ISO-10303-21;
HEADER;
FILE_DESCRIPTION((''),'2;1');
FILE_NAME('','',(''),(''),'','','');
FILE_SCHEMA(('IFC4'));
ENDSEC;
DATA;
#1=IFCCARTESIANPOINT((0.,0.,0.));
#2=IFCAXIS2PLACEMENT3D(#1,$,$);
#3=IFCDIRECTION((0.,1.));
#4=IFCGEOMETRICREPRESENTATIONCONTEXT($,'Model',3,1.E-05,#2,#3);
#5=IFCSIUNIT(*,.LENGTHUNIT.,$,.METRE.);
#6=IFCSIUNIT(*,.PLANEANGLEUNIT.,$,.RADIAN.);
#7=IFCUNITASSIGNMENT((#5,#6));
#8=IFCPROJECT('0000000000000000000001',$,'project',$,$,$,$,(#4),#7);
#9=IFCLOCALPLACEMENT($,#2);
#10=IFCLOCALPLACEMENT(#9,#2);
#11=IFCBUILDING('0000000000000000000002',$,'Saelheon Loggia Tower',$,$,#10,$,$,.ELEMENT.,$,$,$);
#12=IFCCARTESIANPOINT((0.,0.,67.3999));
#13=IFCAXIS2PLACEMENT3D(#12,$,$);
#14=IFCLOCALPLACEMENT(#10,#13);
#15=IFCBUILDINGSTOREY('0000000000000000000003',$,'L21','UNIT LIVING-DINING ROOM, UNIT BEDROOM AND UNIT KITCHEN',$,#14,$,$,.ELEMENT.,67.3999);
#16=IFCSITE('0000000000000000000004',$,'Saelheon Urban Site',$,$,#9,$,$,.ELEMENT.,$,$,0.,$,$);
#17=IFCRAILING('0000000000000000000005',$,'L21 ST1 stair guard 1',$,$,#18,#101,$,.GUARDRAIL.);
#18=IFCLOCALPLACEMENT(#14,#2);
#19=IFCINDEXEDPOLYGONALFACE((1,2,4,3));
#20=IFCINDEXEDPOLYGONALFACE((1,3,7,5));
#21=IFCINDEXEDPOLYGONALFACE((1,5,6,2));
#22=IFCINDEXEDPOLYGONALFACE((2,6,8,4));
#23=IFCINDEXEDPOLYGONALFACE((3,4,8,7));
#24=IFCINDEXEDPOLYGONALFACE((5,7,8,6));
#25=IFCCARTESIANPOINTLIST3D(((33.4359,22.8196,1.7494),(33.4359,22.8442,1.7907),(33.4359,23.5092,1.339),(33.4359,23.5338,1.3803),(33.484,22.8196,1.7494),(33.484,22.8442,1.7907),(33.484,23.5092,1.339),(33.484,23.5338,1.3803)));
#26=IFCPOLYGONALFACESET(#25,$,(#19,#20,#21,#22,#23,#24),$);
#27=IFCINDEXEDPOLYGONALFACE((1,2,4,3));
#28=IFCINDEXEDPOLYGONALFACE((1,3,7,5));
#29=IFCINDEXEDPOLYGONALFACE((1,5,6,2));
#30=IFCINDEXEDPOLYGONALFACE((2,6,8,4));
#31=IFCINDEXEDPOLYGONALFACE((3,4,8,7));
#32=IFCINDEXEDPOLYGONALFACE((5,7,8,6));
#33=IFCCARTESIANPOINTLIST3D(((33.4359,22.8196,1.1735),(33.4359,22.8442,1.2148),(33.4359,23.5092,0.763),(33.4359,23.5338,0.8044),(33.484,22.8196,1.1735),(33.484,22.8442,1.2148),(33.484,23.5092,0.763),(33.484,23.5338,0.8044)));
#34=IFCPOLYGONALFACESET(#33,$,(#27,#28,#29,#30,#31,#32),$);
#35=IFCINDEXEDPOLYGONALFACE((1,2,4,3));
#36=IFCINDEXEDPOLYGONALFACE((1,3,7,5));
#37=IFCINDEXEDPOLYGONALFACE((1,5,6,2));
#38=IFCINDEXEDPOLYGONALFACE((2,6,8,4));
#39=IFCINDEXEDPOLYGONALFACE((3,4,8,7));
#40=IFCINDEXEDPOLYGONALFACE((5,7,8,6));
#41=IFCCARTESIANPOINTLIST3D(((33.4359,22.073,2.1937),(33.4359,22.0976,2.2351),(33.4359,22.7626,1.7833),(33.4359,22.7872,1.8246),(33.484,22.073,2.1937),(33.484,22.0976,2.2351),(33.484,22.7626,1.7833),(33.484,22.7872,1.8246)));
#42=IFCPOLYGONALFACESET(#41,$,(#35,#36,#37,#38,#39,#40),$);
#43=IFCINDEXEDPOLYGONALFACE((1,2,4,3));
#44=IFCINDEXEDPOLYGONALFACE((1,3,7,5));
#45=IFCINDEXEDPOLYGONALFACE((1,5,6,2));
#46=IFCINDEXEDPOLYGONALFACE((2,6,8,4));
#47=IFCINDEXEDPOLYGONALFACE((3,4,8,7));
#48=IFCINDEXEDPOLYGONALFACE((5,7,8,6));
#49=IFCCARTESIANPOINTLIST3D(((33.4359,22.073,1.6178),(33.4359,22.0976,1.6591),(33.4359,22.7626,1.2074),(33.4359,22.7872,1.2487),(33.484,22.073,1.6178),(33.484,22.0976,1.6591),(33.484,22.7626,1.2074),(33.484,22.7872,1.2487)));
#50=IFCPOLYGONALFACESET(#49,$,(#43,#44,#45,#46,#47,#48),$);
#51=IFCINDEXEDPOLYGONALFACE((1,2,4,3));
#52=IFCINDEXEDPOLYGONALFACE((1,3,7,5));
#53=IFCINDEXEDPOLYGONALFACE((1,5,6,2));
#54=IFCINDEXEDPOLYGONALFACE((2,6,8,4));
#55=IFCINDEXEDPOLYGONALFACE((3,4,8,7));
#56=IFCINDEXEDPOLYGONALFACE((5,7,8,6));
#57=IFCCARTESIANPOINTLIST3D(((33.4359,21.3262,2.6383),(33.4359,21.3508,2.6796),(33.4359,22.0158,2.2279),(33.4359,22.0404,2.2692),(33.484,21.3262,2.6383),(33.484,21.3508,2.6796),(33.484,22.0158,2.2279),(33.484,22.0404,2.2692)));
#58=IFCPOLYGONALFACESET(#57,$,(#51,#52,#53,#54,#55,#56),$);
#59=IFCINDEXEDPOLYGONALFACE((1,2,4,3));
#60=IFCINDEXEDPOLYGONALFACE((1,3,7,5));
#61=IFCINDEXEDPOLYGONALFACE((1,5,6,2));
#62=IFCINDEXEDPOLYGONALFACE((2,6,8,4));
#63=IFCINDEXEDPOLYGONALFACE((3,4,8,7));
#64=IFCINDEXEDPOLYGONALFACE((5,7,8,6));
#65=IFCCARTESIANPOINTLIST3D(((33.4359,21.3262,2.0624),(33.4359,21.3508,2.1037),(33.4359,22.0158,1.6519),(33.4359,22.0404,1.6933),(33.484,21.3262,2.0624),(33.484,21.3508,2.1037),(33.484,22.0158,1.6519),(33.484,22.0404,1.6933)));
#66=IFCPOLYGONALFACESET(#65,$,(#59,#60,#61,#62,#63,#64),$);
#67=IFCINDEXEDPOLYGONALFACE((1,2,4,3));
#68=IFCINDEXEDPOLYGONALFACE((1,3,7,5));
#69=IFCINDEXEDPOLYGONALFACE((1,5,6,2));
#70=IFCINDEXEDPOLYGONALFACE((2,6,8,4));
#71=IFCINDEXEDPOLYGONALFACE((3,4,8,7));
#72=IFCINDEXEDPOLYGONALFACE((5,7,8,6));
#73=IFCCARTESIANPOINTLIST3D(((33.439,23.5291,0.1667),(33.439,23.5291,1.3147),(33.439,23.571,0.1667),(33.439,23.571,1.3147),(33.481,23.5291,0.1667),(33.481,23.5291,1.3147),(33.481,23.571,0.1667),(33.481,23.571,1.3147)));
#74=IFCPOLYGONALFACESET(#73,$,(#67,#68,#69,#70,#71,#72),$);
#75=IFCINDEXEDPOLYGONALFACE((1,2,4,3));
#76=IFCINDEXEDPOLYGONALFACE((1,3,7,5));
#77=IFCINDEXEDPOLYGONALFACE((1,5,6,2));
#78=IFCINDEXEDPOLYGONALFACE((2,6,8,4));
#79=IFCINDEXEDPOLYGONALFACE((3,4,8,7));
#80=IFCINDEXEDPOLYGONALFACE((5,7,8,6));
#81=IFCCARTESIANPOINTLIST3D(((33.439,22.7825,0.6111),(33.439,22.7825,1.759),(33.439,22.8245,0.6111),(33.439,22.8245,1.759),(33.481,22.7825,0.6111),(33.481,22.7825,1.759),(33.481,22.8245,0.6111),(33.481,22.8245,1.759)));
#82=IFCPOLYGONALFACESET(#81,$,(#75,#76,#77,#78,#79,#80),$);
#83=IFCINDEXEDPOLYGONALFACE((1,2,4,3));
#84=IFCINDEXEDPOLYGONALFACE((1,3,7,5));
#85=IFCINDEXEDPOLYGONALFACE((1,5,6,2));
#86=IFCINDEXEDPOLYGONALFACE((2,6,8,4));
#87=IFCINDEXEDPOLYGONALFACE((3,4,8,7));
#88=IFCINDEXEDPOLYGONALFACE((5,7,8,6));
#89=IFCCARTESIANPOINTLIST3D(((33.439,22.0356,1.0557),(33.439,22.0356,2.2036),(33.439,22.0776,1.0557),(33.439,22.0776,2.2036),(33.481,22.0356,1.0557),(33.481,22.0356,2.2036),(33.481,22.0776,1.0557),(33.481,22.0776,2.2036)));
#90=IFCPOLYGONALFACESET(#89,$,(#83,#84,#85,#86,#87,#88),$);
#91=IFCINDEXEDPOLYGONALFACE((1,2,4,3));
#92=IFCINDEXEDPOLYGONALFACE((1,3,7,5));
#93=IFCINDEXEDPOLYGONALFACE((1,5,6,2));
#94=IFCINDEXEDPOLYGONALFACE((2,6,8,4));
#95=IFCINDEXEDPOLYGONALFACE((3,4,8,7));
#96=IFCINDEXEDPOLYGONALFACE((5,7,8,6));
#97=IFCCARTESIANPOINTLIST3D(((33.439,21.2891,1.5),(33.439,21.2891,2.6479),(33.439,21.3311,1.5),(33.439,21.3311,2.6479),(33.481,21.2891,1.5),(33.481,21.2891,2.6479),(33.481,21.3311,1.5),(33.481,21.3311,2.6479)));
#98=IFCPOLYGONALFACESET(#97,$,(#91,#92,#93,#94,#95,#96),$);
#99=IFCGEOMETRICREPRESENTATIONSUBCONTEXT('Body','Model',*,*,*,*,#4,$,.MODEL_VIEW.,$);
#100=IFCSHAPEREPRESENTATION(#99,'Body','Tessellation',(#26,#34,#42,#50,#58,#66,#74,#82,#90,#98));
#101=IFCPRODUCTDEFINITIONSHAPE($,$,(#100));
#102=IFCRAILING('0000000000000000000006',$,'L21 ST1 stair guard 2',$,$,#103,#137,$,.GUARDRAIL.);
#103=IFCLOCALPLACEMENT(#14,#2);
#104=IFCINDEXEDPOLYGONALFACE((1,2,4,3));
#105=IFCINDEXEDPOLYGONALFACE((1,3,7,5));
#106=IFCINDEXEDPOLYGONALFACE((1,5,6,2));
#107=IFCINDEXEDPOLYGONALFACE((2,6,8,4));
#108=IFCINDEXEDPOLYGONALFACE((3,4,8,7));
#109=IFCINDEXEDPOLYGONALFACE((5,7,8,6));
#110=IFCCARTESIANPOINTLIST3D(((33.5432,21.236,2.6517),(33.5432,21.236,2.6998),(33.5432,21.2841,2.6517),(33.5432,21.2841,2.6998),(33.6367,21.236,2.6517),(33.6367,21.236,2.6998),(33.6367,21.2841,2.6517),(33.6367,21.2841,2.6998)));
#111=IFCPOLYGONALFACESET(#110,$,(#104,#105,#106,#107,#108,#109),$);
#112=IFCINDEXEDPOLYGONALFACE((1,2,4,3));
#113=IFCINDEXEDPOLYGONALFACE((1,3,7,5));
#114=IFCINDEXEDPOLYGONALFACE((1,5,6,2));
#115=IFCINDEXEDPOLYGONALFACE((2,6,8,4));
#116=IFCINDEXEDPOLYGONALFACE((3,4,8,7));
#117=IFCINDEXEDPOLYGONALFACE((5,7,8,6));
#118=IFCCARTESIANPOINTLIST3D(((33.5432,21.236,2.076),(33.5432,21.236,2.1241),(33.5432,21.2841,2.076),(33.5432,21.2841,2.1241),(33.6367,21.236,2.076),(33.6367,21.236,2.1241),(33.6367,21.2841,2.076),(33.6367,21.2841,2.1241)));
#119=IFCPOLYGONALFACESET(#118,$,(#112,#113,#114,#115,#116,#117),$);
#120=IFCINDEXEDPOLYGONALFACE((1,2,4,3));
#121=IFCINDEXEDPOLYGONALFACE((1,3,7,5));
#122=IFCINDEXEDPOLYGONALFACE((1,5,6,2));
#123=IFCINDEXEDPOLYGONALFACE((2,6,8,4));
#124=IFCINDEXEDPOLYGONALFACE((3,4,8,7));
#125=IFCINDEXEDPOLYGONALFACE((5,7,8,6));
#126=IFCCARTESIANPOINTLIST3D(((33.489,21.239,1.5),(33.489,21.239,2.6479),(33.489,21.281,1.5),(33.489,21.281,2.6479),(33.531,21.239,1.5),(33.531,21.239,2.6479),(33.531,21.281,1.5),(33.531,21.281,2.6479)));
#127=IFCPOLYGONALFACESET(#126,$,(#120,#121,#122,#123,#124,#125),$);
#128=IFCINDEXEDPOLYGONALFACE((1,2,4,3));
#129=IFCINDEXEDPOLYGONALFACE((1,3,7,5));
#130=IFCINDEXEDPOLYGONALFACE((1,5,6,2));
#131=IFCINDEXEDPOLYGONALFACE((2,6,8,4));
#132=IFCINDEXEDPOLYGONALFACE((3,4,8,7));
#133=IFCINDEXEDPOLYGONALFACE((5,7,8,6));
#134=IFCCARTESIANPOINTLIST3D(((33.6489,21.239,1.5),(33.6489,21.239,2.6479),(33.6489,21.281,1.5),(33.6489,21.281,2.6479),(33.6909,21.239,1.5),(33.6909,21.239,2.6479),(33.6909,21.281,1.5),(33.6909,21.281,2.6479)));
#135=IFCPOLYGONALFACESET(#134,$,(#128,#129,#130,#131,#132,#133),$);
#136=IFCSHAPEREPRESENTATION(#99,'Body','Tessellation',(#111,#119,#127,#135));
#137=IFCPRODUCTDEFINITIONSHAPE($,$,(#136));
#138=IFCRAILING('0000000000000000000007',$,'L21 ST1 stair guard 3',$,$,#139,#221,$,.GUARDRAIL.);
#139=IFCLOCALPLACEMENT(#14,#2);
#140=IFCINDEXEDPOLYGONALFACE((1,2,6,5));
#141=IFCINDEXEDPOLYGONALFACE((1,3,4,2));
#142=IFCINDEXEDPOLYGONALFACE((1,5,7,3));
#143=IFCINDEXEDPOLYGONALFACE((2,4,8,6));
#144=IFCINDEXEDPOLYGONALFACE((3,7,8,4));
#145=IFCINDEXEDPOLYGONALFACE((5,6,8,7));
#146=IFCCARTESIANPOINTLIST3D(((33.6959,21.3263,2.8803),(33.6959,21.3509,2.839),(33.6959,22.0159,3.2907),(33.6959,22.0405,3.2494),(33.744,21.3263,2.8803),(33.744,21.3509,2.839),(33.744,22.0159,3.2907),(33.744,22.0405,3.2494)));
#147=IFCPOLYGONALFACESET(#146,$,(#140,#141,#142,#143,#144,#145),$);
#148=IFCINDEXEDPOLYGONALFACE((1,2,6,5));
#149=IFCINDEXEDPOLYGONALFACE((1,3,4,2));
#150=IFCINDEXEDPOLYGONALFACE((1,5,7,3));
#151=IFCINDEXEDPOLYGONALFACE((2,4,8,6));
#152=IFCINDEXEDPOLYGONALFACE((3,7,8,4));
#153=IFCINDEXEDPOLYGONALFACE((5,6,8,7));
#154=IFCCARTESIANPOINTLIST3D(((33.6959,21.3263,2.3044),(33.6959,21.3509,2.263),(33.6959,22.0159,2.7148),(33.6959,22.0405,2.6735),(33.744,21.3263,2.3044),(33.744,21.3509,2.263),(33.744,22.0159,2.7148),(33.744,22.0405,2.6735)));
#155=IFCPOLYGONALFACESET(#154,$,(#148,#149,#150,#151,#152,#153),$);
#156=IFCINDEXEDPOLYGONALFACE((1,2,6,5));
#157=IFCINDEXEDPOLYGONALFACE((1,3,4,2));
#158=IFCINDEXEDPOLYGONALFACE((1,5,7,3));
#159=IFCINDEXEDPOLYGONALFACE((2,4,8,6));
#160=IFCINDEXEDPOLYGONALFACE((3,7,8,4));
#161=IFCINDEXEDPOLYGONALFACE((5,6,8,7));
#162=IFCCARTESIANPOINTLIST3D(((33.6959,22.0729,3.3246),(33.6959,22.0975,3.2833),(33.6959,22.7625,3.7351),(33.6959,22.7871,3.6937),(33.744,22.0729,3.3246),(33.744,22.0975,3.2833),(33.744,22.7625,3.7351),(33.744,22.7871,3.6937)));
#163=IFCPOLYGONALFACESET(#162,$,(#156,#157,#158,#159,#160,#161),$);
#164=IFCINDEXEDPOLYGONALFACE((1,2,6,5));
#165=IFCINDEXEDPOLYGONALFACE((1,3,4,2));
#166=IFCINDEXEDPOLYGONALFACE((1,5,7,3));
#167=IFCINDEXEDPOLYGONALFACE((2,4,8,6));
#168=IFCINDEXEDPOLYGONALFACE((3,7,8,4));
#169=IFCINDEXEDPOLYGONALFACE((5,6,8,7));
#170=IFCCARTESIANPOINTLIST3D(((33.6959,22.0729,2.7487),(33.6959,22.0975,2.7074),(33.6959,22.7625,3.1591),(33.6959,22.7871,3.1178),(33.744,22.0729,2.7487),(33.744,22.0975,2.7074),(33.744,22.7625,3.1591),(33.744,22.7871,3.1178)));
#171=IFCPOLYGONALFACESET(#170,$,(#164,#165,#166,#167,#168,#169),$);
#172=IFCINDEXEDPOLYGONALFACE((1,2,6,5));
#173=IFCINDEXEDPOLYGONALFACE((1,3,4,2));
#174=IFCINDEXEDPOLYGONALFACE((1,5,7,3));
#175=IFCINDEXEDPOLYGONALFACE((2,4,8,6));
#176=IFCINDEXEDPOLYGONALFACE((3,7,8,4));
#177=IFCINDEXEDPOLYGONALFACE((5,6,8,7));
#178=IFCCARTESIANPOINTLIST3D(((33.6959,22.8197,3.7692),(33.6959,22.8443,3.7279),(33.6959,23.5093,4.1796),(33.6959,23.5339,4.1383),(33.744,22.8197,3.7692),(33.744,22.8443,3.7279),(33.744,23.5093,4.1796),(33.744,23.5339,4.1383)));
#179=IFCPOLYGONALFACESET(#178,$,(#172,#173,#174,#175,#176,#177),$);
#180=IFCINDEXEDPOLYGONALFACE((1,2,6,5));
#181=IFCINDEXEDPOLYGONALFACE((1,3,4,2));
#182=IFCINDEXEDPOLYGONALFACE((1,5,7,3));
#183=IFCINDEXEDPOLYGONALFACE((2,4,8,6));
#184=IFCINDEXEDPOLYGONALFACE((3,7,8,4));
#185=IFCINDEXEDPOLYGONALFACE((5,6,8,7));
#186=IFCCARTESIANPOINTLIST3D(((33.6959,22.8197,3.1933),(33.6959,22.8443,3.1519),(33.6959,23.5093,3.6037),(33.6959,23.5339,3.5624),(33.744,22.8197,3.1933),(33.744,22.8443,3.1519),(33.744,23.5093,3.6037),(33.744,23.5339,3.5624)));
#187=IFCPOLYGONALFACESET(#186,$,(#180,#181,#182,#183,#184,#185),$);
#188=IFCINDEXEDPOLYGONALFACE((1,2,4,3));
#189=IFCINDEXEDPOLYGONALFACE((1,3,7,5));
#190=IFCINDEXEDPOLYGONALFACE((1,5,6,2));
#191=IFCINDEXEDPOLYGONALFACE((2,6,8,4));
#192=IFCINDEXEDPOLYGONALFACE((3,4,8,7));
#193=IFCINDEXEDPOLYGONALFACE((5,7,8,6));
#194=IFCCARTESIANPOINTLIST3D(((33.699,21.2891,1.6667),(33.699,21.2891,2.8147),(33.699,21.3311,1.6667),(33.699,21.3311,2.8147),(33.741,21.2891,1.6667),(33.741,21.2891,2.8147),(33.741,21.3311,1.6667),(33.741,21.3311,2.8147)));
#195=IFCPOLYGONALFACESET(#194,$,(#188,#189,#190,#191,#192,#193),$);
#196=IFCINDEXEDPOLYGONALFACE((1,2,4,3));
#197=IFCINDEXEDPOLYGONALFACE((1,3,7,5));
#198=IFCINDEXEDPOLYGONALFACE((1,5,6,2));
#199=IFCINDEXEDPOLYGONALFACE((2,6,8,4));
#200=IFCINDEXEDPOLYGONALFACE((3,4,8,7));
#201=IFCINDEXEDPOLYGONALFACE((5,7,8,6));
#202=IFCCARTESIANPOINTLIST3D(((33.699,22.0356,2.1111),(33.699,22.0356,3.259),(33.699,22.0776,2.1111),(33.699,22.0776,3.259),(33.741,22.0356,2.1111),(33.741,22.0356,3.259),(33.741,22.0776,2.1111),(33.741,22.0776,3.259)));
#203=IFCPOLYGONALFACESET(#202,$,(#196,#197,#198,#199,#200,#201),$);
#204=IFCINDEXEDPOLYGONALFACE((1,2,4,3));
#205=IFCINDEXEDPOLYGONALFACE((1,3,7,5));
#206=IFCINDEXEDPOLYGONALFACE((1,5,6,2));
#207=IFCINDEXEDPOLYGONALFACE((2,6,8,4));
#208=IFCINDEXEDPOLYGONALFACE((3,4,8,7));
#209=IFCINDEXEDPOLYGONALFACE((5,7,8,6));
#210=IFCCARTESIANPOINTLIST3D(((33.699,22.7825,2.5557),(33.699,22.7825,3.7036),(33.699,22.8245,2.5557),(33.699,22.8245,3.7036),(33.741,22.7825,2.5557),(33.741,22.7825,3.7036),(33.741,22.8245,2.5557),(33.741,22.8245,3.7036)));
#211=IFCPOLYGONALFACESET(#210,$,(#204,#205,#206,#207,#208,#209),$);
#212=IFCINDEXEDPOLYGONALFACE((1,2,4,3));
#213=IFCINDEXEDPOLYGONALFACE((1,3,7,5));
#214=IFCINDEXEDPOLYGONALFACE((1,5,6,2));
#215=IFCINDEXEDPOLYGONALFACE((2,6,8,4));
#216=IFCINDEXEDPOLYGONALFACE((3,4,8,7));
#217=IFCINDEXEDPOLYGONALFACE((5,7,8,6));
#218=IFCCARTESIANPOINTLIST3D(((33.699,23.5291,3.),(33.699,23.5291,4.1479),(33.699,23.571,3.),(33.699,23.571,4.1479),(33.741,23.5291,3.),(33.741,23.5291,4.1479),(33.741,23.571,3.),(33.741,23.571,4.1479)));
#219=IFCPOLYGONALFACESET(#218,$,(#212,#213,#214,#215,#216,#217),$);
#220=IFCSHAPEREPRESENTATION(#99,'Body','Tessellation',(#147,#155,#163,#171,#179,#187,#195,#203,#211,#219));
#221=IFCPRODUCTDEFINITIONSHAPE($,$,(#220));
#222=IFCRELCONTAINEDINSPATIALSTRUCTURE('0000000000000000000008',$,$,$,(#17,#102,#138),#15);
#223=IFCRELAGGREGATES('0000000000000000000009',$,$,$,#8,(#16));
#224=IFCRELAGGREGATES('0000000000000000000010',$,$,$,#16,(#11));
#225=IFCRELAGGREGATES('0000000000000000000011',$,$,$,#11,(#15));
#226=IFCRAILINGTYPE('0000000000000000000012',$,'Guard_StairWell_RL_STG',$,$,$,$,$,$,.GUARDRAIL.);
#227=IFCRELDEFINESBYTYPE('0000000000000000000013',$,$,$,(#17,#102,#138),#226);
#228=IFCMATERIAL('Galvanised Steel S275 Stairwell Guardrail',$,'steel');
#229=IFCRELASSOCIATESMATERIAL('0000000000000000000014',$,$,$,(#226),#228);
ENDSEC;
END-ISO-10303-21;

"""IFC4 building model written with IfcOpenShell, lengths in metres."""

from ifc_helpers import new_model, si_unit, direction, frame, origin, origin_2d, place, context, subcontext, project, spatial, rectangle, extrude, material, type_object, element, save


model = new_model("IFC4")

# Units and contexts
model_context = context("Model", 3, precision=1e-05, world=origin(), true_north=direction((0.0, 1.0)))
body_context = subcontext(model_context, "Body", "Model", "MODEL_VIEW")
ifc_project = project(units=[si_unit("LENGTHUNIT", "METRE"), si_unit("PLANEANGLEUNIT", "RADIAN")], contexts=[model_context])

# Site, building, storey
site_placement = place(None, origin())
site = spatial("IfcSite", under=ifc_project, at=site_placement, Name="Saelheon Urban Site", CompositionType="ELEMENT", RefElevation=0.0)
building_placement = place(site_placement, origin())
building = spatial("IfcBuilding", under=site, at=building_placement, Name="Saelheon Loggia Tower", CompositionType="ELEMENT")
storey_placement = place(building_placement, frame((0.0, 0.0, 67.3999)))
storey = spatial("IfcBuildingStorey", under=building, at=storey_placement, Name="L21", Description="UNIT LIVING-DINING ROOM, UNIT BEDROOM AND UNIT KITCHEN", CompositionType="ELEMENT", Elevation=67.3999)

# Railings
ifc_material_1 = material(Name="Galvanised Steel S275 Stairwell Guardrail", Category="steel")
railing_type_1 = type_object("IfcRailingType", Name="Guard_StairWell_RL_STG", PredefinedType="GUARDRAIL", material=ifc_material_1)
railing_1_placement = place(storey_placement, frame((33.46, 23.55, 0.1667)))
element("IfcRailing", 1, at=railing_1_placement, inside=storey, type_object=railing_type_1, Name="L21 ST1 stair guard 1", PredefinedType="GUARDRAIL", context=body_context, shape_type="SweptSolid", body=[
    extrude(rectangle(XDim=0.0481, YDim=0.0481, at=origin_2d()), frame((0.0, -0.0286, 1.1929), z_axis=(0.0, -0.859306, 0.511462), x_axis=(1.0, 0.0, 0.0)), (0.0, 0.0, 1.0), 0.8025),
    extrude(rectangle(XDim=0.0481, YDim=0.0481, at=origin_2d()), frame((0.0, -0.0286, 0.6169), z_axis=(0.0, -0.859306, 0.511462), x_axis=(1.0, 0.0, 0.0)), (0.0, 0.0, 1.0), 0.8025),
    extrude(rectangle(XDim=0.0481, YDim=0.0481, at=origin_2d()), frame((0.0, -0.7751, 1.6372), z_axis=(0.0, -0.859306, 0.511462), x_axis=(1.0, 0.0, 0.0)), (0.0, 0.0, 1.0), 0.8025),
    extrude(rectangle(XDim=0.0481, YDim=0.0481, at=origin_2d()), frame((0.0, -0.7751, 1.0613), z_axis=(0.0, -0.859306, 0.511462), x_axis=(1.0, 0.0, 0.0)), (0.0, 0.0, 1.0), 0.8025),
    extrude(rectangle(XDim=0.0481, YDim=0.0481, at=origin_2d()), frame((0.0, -1.522, 2.0818), z_axis=(0.0, -0.859306, 0.511462), x_axis=(1.0, 0.0, 0.0)), (0.0, 0.0, 1.0), 0.8025),
    extrude(rectangle(XDim=0.0481, YDim=0.0481, at=origin_2d()), frame((0.0, -1.522, 1.5059), z_axis=(0.0, -0.859306, 0.511462), x_axis=(1.0, 0.0, 0.0)), (0.0, 0.0, 1.0), 0.8025),
    extrude(rectangle(XDim=0.042, YDim=0.042, at=origin_2d()), origin(), (0.0, 0.0, 1.0), 1.1479),
    extrude(rectangle(XDim=0.042, YDim=0.042, at=origin_2d()), frame((0.0, -0.7466, 0.4443)), (0.0, 0.0, 1.0), 1.1479),
    extrude(rectangle(XDim=0.042, YDim=0.042, at=origin_2d()), frame((0.0, -1.4934, 0.8889)), (0.0, 0.0, 1.0), 1.1479),
    extrude(rectangle(XDim=0.042, YDim=0.042, at=origin_2d()), frame((0.0, -2.24, 1.3333)), (0.0, 0.0, 1.0), 1.1479),
])
railing_2_placement = place(storey_placement, frame((33.51, 21.26, 1.5)))
element("IfcRailing", 2, at=railing_2_placement, inside=storey, type_object=railing_type_1, Name="L21 ST1 stair guard 2", PredefinedType="GUARDRAIL", context=body_context, shape_type="SweptSolid", body=[
    extrude(rectangle(XDim=0.0481, YDim=0.0481, at=origin_2d()), frame((0.0332, 0.0, 1.1758), z_axis=(1.0, 0.0, 0.0), x_axis=(0.0, 1.0, 0.0)), (0.0, 0.0, 1.0), 0.0935),
    extrude(rectangle(XDim=0.0481, YDim=0.0481, at=origin_2d()), frame((0.0332, 0.0, 0.6001), z_axis=(1.0, 0.0, 0.0), x_axis=(0.0, 1.0, 0.0)), (0.0, 0.0, 1.0), 0.0935),
    extrude(rectangle(XDim=0.042, YDim=0.042, at=origin_2d()), origin(), (0.0, 0.0, 1.0), 1.1479),
    extrude(rectangle(XDim=0.042, YDim=0.042, at=origin_2d()), frame((0.1599, 0.0, 0.0)), (0.0, 0.0, 1.0), 1.1479),
])
railing_3_placement = place(storey_placement, frame((33.72, 21.3101, 1.6667)))
element("IfcRailing", 3, at=railing_3_placement, inside=storey, type_object=railing_type_1, Name="L21 ST1 stair guard 3", PredefinedType="GUARDRAIL", context=body_context, shape_type="SweptSolid", body=[
    extrude(rectangle(XDim=0.0481, YDim=0.0481, at=origin_2d()), frame((0.0, 0.0286, 1.1929), z_axis=(0.0, 0.859306, 0.511462), x_axis=(-1.0, 0.0, 0.0)), (0.0, 0.0, 1.0), 0.8025),
    extrude(rectangle(XDim=0.0481, YDim=0.0481, at=origin_2d()), frame((0.0, 0.0286, 0.6169), z_axis=(0.0, 0.859306, 0.511462), x_axis=(-1.0, 0.0, 0.0)), (0.0, 0.0, 1.0), 0.8025),
    extrude(rectangle(XDim=0.0481, YDim=0.0481, at=origin_2d()), frame((0.0, 0.7751, 1.6372), z_axis=(0.0, 0.859306, 0.511462), x_axis=(-1.0, 0.0, 0.0)), (0.0, 0.0, 1.0), 0.8025),
    extrude(rectangle(XDim=0.0481, YDim=0.0481, at=origin_2d()), frame((0.0, 0.7751, 1.0613), z_axis=(0.0, 0.859306, 0.511462), x_axis=(-1.0, 0.0, 0.0)), (0.0, 0.0, 1.0), 0.8025),
    extrude(rectangle(XDim=0.0481, YDim=0.0481, at=origin_2d()), frame((0.0, 1.522, 2.0818), z_axis=(0.0, 0.859306, 0.511462), x_axis=(-1.0, 0.0, 0.0)), (0.0, 0.0, 1.0), 0.8025),
    extrude(rectangle(XDim=0.0481, YDim=0.0481, at=origin_2d()), frame((0.0, 1.522, 1.5059), z_axis=(0.0, 0.859306, 0.511462), x_axis=(-1.0, 0.0, 0.0)), (0.0, 0.0, 1.0), 0.8025),
    extrude(rectangle(XDim=0.042, YDim=0.042, at=origin_2d()), origin(), (0.0, 0.0, 1.0), 1.1479),
    extrude(rectangle(XDim=0.042, YDim=0.042, at=origin_2d()), frame((0.0, 0.7466, 0.4443)), (0.0, 0.0, 1.0), 1.1479),
    extrude(rectangle(XDim=0.042, YDim=0.042, at=origin_2d()), frame((0.0, 1.4934, 0.8889)), (0.0, 0.0, 1.0), 1.1479),
    extrude(rectangle(XDim=0.042, YDim=0.042, at=origin_2d()), frame((0.0, 2.24, 1.3333)), (0.0, 0.0, 1.0), 1.1479),
])

save(model, "model.ifc")
